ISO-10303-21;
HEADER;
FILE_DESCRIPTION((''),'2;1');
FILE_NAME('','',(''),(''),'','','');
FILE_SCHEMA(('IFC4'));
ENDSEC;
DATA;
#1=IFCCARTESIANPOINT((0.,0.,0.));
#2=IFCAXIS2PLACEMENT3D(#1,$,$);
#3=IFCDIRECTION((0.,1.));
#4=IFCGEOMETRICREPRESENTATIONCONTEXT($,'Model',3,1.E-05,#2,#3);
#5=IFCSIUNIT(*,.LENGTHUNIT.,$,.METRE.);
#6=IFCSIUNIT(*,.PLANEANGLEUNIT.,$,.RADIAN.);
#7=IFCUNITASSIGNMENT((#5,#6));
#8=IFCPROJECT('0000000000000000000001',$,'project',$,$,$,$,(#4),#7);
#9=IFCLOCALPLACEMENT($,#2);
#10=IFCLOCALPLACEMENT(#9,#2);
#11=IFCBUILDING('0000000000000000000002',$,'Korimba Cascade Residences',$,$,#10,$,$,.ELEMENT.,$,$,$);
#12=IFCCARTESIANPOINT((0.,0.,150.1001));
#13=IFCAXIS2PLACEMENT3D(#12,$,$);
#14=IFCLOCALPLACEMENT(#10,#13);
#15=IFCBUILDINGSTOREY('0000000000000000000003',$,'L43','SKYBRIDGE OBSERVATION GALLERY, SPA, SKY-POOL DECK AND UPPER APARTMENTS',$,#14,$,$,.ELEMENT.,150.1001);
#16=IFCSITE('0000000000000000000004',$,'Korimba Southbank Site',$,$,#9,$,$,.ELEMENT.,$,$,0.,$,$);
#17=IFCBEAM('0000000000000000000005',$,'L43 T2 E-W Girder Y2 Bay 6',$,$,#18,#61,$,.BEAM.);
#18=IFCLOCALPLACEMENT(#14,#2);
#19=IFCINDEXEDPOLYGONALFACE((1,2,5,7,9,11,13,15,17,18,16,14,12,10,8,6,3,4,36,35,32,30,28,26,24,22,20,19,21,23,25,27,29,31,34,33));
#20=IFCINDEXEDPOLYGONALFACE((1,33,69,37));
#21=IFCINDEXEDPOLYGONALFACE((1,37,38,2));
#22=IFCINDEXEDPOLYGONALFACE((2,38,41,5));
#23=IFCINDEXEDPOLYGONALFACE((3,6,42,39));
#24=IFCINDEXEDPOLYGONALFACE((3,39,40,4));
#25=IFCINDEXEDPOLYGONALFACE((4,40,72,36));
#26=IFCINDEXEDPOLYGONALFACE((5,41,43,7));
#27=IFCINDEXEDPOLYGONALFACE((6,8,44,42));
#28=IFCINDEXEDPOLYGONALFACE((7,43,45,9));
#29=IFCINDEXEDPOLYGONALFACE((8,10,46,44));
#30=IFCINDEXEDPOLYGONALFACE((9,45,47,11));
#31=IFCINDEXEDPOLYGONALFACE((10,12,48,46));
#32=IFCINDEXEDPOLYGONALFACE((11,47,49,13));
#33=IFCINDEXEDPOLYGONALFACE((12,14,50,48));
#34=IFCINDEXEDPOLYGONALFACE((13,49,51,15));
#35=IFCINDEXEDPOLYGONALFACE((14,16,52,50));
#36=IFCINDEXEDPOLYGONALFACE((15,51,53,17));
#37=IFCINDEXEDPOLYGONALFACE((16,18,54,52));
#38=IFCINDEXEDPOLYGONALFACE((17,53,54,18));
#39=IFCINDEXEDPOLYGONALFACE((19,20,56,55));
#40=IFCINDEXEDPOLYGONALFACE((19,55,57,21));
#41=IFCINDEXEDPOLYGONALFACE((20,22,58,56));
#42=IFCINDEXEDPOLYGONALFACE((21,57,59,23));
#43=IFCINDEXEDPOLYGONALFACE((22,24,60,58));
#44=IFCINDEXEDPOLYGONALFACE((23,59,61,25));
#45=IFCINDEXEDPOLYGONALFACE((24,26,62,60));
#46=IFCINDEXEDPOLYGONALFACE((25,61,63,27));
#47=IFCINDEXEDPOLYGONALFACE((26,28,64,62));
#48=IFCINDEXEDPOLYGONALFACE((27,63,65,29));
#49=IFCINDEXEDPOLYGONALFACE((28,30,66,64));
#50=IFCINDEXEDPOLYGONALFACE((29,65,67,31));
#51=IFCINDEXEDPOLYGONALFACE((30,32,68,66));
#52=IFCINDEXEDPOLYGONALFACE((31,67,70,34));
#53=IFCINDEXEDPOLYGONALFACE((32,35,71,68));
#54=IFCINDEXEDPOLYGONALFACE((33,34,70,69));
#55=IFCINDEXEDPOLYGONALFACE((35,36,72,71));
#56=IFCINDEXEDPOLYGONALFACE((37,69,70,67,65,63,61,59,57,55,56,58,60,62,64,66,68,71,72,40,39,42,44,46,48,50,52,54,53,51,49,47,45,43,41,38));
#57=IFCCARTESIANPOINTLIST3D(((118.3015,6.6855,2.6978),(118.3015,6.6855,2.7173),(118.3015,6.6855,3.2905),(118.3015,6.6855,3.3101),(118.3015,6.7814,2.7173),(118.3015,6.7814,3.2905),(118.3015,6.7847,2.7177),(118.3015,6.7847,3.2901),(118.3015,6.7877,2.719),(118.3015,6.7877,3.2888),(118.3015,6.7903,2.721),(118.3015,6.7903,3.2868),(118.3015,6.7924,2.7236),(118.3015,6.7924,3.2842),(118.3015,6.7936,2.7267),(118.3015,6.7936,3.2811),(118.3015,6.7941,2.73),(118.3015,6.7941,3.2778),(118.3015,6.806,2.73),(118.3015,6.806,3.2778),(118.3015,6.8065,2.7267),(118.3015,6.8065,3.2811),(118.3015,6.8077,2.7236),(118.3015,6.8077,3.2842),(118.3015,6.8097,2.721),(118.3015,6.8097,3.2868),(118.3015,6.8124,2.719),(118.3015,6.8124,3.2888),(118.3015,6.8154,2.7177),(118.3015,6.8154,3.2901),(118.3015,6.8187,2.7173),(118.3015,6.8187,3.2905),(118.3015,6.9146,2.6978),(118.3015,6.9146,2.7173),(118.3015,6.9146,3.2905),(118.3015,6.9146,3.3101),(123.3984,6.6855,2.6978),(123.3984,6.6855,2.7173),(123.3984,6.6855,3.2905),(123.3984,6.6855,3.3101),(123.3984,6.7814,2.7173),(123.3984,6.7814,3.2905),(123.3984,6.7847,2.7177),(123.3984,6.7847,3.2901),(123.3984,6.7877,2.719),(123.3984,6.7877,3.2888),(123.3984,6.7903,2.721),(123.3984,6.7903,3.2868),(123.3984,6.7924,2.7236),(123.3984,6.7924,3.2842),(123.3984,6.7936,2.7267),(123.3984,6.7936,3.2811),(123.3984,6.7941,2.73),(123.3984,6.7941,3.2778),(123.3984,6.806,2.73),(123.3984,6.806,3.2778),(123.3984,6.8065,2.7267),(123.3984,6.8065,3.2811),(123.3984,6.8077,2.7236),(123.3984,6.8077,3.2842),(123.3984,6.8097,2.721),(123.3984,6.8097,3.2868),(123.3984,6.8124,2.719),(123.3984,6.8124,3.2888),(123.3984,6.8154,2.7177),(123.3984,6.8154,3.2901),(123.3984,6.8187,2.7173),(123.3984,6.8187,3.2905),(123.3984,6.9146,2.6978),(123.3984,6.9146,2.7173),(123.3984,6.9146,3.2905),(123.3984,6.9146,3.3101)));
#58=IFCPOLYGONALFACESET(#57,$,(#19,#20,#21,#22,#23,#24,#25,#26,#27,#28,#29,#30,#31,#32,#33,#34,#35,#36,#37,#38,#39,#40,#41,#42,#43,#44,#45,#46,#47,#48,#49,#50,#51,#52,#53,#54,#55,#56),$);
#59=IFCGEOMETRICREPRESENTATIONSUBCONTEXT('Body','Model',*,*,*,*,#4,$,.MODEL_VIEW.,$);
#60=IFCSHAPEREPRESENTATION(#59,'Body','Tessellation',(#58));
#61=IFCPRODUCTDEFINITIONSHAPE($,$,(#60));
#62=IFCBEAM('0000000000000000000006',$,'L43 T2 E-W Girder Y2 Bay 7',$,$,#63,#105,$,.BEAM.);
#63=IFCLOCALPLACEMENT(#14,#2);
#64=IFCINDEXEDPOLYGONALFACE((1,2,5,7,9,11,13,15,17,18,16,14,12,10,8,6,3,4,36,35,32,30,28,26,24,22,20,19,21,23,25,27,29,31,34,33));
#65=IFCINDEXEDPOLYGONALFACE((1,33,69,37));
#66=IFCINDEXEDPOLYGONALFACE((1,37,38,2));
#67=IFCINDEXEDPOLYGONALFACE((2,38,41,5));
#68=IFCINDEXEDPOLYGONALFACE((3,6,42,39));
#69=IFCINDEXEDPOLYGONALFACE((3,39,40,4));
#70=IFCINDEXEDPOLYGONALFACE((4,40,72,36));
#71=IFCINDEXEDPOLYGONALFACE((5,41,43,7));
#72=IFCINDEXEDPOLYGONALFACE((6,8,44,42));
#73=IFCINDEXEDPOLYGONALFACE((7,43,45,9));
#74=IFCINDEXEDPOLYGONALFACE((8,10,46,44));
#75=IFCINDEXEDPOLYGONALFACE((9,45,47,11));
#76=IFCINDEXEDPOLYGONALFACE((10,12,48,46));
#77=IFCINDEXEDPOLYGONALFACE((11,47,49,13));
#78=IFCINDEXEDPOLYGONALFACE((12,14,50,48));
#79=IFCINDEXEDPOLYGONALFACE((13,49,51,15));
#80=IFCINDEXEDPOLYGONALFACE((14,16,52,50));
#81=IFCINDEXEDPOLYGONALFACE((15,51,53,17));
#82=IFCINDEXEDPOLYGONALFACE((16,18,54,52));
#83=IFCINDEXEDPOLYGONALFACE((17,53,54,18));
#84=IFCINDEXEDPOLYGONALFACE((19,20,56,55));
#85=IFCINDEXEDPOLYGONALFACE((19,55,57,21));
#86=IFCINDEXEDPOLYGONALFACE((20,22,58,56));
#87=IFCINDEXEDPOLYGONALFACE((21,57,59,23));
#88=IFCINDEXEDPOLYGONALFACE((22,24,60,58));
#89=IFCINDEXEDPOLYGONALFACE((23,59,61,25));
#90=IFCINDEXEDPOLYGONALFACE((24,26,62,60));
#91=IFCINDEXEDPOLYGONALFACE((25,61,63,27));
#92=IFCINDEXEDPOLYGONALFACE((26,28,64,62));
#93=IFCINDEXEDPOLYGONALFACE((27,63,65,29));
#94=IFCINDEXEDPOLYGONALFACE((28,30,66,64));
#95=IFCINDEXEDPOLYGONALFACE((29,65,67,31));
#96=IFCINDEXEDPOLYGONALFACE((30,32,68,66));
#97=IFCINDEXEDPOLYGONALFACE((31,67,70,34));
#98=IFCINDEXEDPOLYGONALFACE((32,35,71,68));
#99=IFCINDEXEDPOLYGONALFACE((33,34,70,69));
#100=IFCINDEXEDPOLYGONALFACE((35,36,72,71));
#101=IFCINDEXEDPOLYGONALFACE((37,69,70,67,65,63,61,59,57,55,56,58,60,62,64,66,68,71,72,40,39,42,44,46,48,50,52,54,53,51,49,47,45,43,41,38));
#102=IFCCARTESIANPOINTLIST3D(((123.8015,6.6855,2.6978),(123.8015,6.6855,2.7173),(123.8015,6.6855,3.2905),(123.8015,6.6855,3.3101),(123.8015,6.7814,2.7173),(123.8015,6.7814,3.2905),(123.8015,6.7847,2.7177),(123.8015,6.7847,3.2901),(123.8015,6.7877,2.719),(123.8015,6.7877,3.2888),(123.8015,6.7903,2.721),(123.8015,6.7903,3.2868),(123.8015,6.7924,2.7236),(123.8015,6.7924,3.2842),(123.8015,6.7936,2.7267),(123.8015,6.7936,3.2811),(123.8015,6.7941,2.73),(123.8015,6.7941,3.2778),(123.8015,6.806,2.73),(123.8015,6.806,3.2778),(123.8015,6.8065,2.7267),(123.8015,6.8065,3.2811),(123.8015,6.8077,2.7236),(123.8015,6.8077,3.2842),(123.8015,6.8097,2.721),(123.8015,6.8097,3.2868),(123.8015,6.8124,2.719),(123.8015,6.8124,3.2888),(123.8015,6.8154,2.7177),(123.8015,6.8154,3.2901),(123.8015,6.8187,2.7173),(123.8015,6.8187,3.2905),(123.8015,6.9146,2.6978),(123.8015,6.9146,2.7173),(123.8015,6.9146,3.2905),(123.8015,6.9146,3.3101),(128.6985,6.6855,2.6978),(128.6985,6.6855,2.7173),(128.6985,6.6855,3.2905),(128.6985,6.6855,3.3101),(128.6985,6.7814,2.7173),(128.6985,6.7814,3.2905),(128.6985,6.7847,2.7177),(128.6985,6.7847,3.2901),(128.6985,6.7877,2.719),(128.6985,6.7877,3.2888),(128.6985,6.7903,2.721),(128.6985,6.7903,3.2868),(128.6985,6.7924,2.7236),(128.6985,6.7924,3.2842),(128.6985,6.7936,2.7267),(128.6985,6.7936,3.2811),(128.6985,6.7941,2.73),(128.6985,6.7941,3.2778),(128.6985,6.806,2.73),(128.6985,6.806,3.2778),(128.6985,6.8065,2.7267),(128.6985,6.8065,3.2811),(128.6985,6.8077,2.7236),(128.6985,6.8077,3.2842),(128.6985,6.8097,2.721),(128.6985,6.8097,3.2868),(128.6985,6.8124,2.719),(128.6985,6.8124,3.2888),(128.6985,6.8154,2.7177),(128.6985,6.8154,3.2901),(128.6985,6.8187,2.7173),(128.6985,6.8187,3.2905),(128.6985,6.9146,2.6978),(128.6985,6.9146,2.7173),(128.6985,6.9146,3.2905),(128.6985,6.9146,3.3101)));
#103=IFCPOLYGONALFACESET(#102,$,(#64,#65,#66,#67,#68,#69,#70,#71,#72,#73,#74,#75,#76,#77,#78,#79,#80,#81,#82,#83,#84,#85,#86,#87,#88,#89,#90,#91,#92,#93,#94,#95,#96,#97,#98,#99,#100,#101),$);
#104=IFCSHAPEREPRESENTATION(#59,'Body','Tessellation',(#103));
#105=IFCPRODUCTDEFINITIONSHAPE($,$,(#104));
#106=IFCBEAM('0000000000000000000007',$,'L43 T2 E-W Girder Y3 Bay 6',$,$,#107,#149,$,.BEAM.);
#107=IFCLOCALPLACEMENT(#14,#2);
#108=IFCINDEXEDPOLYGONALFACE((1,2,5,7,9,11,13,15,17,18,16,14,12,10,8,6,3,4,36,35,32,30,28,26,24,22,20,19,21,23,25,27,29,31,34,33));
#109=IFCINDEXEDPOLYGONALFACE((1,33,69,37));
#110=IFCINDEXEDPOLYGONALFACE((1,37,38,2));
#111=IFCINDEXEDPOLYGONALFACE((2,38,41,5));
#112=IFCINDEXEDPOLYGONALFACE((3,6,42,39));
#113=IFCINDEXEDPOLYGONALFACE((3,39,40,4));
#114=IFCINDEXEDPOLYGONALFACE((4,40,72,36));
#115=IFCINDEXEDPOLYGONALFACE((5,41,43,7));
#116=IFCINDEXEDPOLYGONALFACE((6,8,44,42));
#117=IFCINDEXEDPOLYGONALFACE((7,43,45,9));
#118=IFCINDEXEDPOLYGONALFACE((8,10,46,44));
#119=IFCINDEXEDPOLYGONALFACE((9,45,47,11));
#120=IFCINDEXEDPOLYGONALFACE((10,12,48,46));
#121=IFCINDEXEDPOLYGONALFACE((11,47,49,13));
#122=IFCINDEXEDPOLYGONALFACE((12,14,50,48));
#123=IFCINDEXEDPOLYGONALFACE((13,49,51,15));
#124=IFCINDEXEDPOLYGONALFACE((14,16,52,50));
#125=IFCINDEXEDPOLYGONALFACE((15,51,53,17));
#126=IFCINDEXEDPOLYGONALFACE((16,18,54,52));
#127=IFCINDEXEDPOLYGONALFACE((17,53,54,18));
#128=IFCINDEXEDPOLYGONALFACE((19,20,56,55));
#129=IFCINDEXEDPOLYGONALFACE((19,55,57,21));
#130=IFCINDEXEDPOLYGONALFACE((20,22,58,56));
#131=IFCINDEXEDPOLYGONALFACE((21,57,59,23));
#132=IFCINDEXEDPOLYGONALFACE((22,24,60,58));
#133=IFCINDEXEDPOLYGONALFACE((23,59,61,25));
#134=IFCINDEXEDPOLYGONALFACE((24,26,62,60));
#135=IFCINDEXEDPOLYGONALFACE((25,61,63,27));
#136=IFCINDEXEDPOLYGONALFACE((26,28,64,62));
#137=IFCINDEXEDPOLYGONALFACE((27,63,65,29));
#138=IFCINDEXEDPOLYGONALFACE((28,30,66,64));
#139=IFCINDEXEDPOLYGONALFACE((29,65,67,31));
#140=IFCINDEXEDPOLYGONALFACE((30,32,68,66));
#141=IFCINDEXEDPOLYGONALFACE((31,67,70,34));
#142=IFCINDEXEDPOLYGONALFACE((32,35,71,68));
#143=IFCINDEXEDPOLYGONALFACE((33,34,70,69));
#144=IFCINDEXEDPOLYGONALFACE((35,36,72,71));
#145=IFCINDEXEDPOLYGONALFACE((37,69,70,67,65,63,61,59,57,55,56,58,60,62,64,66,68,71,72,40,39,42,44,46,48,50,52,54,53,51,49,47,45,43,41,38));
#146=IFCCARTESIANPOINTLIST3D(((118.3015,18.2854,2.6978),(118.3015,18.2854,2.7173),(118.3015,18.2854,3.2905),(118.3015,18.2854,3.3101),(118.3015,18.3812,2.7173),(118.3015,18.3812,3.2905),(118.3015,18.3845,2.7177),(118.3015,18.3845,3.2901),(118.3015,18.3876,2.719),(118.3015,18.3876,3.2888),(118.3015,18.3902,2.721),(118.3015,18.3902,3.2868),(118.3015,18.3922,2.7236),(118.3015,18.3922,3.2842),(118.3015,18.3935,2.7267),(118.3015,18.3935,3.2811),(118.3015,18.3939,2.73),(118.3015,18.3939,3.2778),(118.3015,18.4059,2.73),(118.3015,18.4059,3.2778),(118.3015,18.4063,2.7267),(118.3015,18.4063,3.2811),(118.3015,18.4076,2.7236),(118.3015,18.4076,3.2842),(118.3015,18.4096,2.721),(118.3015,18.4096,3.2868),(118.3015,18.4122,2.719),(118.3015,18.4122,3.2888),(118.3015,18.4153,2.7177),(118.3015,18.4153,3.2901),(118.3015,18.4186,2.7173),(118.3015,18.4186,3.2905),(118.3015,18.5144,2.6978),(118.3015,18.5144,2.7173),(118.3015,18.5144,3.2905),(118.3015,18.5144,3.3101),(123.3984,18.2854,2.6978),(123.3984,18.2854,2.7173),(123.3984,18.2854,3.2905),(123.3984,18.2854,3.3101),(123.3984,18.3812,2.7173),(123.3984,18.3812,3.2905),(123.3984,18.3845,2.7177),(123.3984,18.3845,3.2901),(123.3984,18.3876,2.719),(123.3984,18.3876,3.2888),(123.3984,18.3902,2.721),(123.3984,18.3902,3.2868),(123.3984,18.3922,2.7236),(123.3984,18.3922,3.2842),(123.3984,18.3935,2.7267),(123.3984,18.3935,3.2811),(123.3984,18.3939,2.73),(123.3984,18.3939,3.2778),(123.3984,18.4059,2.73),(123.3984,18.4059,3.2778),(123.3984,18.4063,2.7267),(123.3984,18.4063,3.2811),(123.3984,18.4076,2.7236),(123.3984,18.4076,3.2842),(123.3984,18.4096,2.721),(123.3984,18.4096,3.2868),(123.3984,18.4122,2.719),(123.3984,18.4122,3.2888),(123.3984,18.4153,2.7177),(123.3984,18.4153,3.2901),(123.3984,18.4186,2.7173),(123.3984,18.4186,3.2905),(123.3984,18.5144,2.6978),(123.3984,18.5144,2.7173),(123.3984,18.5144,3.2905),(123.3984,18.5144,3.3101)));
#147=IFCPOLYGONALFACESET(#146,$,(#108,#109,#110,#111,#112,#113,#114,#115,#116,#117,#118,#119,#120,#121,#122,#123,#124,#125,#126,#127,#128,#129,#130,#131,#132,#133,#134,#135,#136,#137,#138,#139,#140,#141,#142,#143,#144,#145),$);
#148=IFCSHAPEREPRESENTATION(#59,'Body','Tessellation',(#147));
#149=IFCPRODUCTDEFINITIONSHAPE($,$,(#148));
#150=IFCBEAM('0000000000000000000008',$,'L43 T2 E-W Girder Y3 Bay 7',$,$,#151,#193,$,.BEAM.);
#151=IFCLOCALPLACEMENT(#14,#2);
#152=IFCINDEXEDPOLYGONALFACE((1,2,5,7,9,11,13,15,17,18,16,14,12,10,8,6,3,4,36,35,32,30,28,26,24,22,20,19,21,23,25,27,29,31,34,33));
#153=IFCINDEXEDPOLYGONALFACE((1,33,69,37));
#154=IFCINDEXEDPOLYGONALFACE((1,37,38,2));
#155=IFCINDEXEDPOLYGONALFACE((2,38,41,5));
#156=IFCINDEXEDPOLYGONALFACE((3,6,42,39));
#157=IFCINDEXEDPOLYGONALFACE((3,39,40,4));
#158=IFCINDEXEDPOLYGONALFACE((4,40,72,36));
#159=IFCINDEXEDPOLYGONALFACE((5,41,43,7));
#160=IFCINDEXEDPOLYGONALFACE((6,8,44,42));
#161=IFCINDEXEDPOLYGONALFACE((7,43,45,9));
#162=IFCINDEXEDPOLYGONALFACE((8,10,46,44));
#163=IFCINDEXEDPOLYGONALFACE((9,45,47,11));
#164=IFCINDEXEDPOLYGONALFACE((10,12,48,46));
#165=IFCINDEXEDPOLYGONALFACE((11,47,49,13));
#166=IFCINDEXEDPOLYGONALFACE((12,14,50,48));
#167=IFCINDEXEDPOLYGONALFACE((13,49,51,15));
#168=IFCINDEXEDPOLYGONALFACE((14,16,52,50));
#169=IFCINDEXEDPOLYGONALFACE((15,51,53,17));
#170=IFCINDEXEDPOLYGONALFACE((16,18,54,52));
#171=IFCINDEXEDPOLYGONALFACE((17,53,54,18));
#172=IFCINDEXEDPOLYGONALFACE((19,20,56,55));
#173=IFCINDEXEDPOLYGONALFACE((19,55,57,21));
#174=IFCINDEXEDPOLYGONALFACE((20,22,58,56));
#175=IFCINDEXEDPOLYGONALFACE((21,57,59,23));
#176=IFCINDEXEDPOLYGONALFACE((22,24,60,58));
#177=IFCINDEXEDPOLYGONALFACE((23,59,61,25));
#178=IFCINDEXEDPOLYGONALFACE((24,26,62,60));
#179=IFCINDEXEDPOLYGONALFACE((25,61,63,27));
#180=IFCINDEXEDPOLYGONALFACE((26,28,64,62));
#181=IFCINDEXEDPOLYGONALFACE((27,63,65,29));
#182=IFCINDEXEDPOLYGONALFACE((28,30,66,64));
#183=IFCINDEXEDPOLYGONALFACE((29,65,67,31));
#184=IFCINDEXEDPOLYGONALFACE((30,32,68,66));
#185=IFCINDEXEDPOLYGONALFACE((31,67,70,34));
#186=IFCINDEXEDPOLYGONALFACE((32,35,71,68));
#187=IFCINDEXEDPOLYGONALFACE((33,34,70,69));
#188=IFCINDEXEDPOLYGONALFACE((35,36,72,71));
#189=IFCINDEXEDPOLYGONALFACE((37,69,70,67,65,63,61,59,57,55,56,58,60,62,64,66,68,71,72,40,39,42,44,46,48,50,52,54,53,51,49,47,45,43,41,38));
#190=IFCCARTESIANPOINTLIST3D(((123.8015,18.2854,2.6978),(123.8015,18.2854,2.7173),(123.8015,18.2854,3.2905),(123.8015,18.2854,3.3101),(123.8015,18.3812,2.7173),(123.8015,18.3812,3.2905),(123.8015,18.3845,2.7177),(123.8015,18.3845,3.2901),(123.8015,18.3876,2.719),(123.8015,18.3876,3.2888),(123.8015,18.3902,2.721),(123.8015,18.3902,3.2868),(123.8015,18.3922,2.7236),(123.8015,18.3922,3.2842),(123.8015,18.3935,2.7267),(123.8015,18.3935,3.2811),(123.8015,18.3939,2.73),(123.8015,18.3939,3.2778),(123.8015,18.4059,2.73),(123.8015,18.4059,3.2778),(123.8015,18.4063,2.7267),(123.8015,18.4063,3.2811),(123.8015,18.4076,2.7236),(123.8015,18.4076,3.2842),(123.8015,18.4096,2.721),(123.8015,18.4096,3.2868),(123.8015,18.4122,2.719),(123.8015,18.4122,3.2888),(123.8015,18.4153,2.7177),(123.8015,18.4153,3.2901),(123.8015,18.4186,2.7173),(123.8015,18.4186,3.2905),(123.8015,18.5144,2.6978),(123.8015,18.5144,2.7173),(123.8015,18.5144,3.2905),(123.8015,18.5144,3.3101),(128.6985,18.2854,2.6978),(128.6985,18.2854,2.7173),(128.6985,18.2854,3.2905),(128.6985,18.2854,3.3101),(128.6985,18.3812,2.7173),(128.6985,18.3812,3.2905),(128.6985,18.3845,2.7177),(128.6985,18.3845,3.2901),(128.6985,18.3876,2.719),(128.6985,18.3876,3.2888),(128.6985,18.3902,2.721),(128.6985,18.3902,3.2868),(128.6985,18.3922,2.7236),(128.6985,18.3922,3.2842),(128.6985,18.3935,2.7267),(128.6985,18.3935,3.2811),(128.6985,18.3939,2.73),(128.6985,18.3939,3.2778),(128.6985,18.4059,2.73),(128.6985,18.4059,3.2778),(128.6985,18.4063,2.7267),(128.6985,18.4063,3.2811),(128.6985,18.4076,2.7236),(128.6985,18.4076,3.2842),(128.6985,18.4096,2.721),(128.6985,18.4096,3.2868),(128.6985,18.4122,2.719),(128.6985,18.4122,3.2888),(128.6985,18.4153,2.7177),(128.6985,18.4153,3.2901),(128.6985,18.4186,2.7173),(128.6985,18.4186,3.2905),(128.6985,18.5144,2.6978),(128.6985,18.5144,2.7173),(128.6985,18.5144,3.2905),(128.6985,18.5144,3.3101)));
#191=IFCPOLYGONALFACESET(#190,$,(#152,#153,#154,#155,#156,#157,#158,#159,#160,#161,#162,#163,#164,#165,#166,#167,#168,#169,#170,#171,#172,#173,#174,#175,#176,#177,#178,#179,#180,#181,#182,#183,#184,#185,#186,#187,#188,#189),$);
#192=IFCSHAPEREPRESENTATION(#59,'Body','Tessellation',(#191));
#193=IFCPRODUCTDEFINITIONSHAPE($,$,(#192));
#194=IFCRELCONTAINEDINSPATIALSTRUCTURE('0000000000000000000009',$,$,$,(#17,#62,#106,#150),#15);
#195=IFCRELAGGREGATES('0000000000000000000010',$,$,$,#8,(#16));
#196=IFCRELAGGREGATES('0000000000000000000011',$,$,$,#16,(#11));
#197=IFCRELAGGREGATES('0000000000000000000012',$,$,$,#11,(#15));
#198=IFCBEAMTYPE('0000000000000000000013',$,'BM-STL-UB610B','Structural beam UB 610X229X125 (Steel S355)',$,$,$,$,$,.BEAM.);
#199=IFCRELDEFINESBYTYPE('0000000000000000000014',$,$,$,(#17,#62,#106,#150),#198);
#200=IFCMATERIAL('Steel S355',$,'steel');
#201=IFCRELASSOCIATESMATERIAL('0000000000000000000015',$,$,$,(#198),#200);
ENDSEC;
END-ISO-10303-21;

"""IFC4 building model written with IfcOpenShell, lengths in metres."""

from ifc_helpers import new_model, si_unit, direction, frame, origin, origin_2d, place, context, subcontext, project, spatial, i_section, extrude, material, material_profile, profile_set, type_object, element, save


model = new_model("IFC4")

# Units and contexts
model_context = context("Model", 3, precision=1e-05, world=origin(), true_north=direction((0.0, 1.0)))
body_context = subcontext(model_context, "Body", "Model", "MODEL_VIEW")
ifc_project = project(units=[si_unit("LENGTHUNIT", "METRE"), si_unit("PLANEANGLEUNIT", "RADIAN")], contexts=[model_context])

# Site, building, storey
site_placement = place(None, origin())
site = spatial("IfcSite", under=ifc_project, at=site_placement, Name="Korimba Southbank Site", CompositionType="ELEMENT", RefElevation=0.0)
building_placement = place(site_placement, origin())
building = spatial("IfcBuilding", under=site, at=building_placement, Name="Korimba Cascade Residences", CompositionType="ELEMENT")
storey_placement = place(building_placement, frame((0.0, 0.0, 150.1001)))
storey = spatial("IfcBuildingStorey", under=building, at=storey_placement, Name="L43", Description="SKYBRIDGE OBSERVATION GALLERY, SPA, SKY-POOL DECK AND UPPER APARTMENTS", CompositionType="ELEMENT", Elevation=150.1001)

# Beams
ifc_material_1 = material(Name="Steel S355", Category="steel")
ifc_material_profile_1 = material_profile(ifc_material_1, i_section(OverallWidth=0.229, OverallDepth=0.6123, WebThickness=0.012, FlangeThickness=0.0195, FilletRadius=0.0127, at=origin_2d()), Name="Steel S355")
ifc_profile_set_1 = profile_set([ifc_material_profile_1], Name="Steel S355")
beam_type_1 = type_object("IfcBeamType", Name="BM-STL-UB610B", Description="Structural beam UB 610X229X125 (Steel S355)", PredefinedType="BEAM", material=ifc_profile_set_1)
beam_1_placement = place(storey_placement, frame((118.3015, 6.8, 3.0039), z_axis=(1.0, 0.0, 0.0), x_axis=(0.0, 1.0, 0.0)))
element("IfcBeam", 1, at=beam_1_placement, inside=storey, type_object=beam_type_1, Name="L43 T2 E-W Girder Y2 Bay 6", PredefinedType="BEAM", context=body_context, shape_type="SweptSolid", body=[
    extrude(i_section(OverallWidth=0.229, OverallDepth=0.6123, WebThickness=0.012, FlangeThickness=0.0195, FilletRadius=0.0127, at=origin_2d()), origin(), (0.0, 0.0, 1.0), 5.0969),
])
beam_2_placement = place(storey_placement, frame((123.8015, 6.8, 3.0039), z_axis=(1.0, 0.0, 0.0), x_axis=(0.0, 1.0, 0.0)))
element("IfcBeam", 2, at=beam_2_placement, inside=storey, type_object=beam_type_1, Name="L43 T2 E-W Girder Y2 Bay 7", PredefinedType="BEAM", context=body_context, shape_type="SweptSolid", body=[
    extrude(i_section(OverallWidth=0.229, OverallDepth=0.6123, WebThickness=0.012, FlangeThickness=0.0195, FilletRadius=0.0127, at=origin_2d()), origin(), (0.0, 0.0, 1.0), 4.897),
])
beam_3_placement = place(storey_placement, frame((118.3015, 18.3999, 3.0039), z_axis=(1.0, 0.0, 0.0), x_axis=(0.0, 1.0, 0.0)))
element("IfcBeam", 3, at=beam_3_placement, inside=storey, type_object=beam_type_1, Name="L43 T2 E-W Girder Y3 Bay 6", PredefinedType="BEAM", context=body_context, shape_type="SweptSolid", body=[
    extrude(i_section(OverallWidth=0.229, OverallDepth=0.6123, WebThickness=0.012, FlangeThickness=0.0195, FilletRadius=0.0127, at=origin_2d()), origin(), (0.0, 0.0, 1.0), 5.0969),
])
beam_4_placement = place(storey_placement, frame((123.8015, 18.3999, 3.0039), z_axis=(1.0, 0.0, 0.0), x_axis=(0.0, 1.0, 0.0)))
element("IfcBeam", 4, at=beam_4_placement, inside=storey, type_object=beam_type_1, Name="L43 T2 E-W Girder Y3 Bay 7", PredefinedType="BEAM", context=body_context, shape_type="SweptSolid", body=[
    extrude(i_section(OverallWidth=0.229, OverallDepth=0.6123, WebThickness=0.012, FlangeThickness=0.0195, FilletRadius=0.0127, at=origin_2d()), origin(), (0.0, 0.0, 1.0), 4.897),
])

save(model, "model.ifc")
